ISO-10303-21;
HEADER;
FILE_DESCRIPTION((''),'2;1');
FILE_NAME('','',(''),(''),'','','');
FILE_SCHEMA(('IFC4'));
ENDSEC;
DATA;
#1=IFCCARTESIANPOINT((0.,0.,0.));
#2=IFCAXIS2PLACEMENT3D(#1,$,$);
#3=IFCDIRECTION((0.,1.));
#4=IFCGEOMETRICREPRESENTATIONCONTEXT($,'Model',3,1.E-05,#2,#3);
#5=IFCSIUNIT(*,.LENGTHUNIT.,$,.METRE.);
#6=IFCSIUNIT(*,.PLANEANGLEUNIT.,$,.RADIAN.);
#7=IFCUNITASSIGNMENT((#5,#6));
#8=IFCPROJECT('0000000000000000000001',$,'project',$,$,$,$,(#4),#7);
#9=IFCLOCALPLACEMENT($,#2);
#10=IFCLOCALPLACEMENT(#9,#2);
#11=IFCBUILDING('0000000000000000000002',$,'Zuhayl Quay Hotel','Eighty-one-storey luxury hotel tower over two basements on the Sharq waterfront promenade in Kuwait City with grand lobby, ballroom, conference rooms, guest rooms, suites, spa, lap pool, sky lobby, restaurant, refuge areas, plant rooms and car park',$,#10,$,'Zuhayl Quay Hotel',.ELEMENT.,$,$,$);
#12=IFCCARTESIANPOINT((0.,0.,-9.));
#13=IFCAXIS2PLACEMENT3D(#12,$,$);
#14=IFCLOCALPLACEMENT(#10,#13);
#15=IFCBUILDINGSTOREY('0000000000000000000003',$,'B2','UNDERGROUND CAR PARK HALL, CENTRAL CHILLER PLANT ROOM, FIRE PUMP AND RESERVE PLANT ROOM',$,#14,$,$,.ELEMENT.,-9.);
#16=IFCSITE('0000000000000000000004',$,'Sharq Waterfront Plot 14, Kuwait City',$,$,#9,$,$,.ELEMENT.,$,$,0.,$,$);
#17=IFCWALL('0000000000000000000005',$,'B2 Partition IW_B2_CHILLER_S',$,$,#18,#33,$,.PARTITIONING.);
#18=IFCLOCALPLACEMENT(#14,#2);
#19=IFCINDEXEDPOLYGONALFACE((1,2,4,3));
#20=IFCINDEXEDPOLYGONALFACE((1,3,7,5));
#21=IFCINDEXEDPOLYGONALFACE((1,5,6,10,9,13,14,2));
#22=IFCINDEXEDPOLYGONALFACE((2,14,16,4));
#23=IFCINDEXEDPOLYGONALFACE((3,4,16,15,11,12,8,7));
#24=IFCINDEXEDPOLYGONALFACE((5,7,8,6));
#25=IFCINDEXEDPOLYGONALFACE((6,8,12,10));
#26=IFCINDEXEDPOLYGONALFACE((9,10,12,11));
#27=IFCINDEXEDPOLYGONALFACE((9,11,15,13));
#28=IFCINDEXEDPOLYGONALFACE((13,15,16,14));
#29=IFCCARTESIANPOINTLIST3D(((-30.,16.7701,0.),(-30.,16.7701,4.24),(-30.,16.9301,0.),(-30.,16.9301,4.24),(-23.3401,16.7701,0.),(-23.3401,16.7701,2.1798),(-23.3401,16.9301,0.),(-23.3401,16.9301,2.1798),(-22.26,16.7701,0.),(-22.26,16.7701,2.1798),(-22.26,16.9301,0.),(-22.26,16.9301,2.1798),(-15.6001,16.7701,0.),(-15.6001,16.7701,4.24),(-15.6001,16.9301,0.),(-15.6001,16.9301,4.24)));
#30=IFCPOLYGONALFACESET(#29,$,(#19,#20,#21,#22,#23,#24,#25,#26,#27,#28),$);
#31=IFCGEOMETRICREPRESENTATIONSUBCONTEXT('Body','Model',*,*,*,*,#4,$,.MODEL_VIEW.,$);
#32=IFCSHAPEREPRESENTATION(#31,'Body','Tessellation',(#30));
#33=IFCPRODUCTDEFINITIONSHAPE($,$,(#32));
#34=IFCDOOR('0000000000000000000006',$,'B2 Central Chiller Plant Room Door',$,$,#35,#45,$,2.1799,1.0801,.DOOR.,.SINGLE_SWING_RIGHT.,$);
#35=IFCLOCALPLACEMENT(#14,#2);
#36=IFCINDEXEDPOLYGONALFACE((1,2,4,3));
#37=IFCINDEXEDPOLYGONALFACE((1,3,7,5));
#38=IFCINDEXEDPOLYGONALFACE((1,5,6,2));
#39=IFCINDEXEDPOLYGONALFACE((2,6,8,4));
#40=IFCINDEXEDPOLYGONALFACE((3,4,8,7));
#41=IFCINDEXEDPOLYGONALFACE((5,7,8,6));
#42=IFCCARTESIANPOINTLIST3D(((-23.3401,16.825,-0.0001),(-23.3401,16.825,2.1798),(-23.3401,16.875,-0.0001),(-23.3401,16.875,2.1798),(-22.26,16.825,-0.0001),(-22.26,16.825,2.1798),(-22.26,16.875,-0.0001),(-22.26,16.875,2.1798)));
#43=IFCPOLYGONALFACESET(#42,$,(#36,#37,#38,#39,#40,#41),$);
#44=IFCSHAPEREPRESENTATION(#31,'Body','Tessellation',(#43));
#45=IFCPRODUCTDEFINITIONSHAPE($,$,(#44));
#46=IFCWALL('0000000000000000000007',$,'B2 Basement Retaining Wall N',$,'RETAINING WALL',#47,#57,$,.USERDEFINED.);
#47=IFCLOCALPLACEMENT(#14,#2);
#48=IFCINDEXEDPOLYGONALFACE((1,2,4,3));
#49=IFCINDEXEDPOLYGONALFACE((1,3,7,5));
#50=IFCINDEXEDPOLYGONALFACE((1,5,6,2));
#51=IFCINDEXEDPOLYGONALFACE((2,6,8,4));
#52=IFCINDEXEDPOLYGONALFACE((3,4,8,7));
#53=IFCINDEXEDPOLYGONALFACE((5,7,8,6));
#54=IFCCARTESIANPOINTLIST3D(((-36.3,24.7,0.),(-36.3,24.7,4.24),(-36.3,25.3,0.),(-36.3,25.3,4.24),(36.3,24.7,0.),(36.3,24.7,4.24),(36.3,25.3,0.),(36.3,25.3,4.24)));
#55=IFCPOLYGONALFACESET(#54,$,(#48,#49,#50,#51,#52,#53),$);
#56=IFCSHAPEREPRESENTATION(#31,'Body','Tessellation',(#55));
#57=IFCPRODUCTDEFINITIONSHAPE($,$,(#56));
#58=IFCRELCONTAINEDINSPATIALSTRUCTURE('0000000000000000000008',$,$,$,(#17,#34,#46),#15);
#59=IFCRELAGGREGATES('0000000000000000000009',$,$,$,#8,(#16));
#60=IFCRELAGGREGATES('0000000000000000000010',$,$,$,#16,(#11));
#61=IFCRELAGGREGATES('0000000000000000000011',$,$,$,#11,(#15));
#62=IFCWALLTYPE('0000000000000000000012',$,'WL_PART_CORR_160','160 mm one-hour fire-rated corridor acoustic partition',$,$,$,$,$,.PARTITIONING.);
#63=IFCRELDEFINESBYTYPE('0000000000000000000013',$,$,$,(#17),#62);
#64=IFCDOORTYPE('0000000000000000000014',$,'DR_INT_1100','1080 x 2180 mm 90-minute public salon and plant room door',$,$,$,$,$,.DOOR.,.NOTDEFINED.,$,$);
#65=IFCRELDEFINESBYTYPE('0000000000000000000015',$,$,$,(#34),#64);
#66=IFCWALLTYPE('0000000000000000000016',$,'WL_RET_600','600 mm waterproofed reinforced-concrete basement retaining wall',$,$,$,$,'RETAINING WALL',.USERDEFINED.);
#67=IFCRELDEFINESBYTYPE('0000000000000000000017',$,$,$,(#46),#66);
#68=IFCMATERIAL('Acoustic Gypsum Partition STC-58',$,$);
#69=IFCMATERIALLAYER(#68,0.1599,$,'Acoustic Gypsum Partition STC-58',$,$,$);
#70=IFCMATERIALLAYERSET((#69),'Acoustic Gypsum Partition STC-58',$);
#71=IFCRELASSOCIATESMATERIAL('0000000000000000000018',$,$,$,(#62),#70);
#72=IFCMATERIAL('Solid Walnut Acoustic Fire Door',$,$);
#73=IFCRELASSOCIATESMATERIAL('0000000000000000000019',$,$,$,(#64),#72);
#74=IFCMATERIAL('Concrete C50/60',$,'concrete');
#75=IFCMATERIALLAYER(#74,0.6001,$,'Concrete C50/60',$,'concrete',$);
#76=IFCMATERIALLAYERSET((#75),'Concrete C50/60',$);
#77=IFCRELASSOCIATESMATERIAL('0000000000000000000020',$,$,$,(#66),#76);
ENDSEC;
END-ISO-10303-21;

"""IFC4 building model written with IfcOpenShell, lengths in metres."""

from ifc_helpers import new_model, si_unit, direction, frame, frame_2d, origin, place, context, subcontext, project, spatial, rectangle, extrude, material, layer, layer_set, type_object, element, fill, save


model = new_model("IFC4")

# Units and contexts
model_context = context("Model", 3, precision=1e-05, world=origin(), true_north=direction((0.0, 1.0)))
body_context = subcontext(model_context, "Body", "Model", "MODEL_VIEW")
ifc_project = project(units=[si_unit("LENGTHUNIT", "METRE"), si_unit("PLANEANGLEUNIT", "RADIAN")], contexts=[model_context])

# Site, building, storey
site_placement = place(None, origin())
site = spatial("IfcSite", under=ifc_project, at=site_placement, Name="Sharq Waterfront Plot 14, Kuwait City", CompositionType="ELEMENT", RefElevation=0.0)
building_placement = place(site_placement, origin())
building = spatial("IfcBuilding", under=site, at=building_placement, Name="Zuhayl Quay Hotel", Description="Eighty-one-storey luxury hotel tower over two basements on the Sharq waterfront promenade in Kuwait City with grand lobby, ballroom, conference rooms, guest rooms, suites, spa, lap pool, sky lobby, restaurant, refuge areas, plant rooms and car park", LongName="Zuhayl Quay Hotel", CompositionType="ELEMENT")
storey_placement = place(building_placement, frame((0.0, 0.0, -9.0)))
storey = spatial("IfcBuildingStorey", under=building, at=storey_placement, Name="B2", Description="UNDERGROUND CAR PARK HALL, CENTRAL CHILLER PLANT ROOM, FIRE PUMP AND RESERVE PLANT ROOM", CompositionType="ELEMENT", Elevation=-9.0)

# Shared definitions
ifc_material_1 = material(Name="Concrete C50/60", Category="concrete")

# Shared definitions
ifc_material_2 = material(Name="Acoustic Gypsum Partition STC-58")

# Wall, opening, door
ifc_layer_1 = layer(ifc_material_2, 0.1599, Name="Acoustic Gypsum Partition STC-58")
ifc_layer_set_1 = layer_set([ifc_layer_1], Name="Acoustic Gypsum Partition STC-58")
wall_type_1 = type_object("IfcWallType", Name="WL_PART_CORR_160", Description="160 mm one-hour fire-rated corridor acoustic partition", PredefinedType="PARTITIONING", material=ifc_layer_set_1)
wall_1_placement = place(storey_placement, frame((-30.0, 16.8501, 0.0), z_axis=(0.0, 0.0, 1.0), x_axis=(1.0, 0.0, 0.0)))
wall_1 = element("IfcWall", 1, at=wall_1_placement, inside=storey, type_object=wall_type_1, Name="B2 Partition IW_B2_CHILLER_S", PredefinedType="PARTITIONING", context=body_context, shape_type="SweptSolid", body=[
    extrude(rectangle(XDim=14.3999, YDim=0.1599, at=frame_2d((7.2, 0.0))), origin(), (0.0, 0.0, 1.0), 4.24),
])
opening_placement = place(wall_1_placement, frame((6.6599, 0.0, 0.0)))
opening = element("IfcOpeningElement", 2, at=opening_placement, cuts=wall_1, PredefinedType="OPENING", context=body_context, shape_type="SweptSolid", body=[
    extrude(rectangle(XDim=1.0801, YDim=2.1799, at=frame_2d((0.54, 1.0898))), frame((0.0, 0.0898, 0.0), z_axis=(0.0, -1.0, 0.0), x_axis=(1.0, 0.0, 0.0)), (0.0, 0.0, 1.0), 0.1799),
])
ifc_material_3 = material(Name="Solid Walnut Acoustic Fire Door")
door_type = type_object("IfcDoorType", Name="DR_INT_1100", Description="1080 x 2180 mm 90-minute public salon and plant room door", OperationType="NOTDEFINED", PredefinedType="DOOR", material=ifc_material_3)
door_placement = place(opening_placement, origin())
door = element("IfcDoor", 3, at=door_placement, inside=storey, type_object=door_type, Name="B2 Central Chiller Plant Room Door", OperationType="SINGLE_SWING_RIGHT", OverallHeight=2.1799, OverallWidth=1.0801, PredefinedType="DOOR", context=body_context, shape_type="SweptSolid", body=[
    extrude(rectangle(XDim=1.0801, YDim=2.1799, at=frame_2d((0.54, 1.0898))), frame((0.0, 0.0249, 0.0), z_axis=(0.0, -1.0, 0.0), x_axis=(1.0, 0.0, 0.0)), (0.0, 0.0, 1.0), 0.05),
])
fill(opening, door)

# Wall
ifc_layer_2 = layer(ifc_material_1, 0.6001, Name="Concrete C50/60", Category="concrete")
ifc_layer_set_2 = layer_set([ifc_layer_2], Name="Concrete C50/60")
wall_type_2 = type_object("IfcWallType", Name="WL_RET_600", Description="600 mm waterproofed reinforced-concrete basement retaining wall", ElementType="RETAINING WALL", PredefinedType="USERDEFINED", material=ifc_layer_set_2)
wall_2_placement = place(storey_placement, frame((-36.3, 25.0, 0.0), z_axis=(0.0, 0.0, 1.0), x_axis=(1.0, 0.0, 0.0)))
element("IfcWall", 4, at=wall_2_placement, inside=storey, type_object=wall_type_2, Name="B2 Basement Retaining Wall N", ObjectType="RETAINING WALL", PredefinedType="USERDEFINED", context=body_context, shape_type="SweptSolid", body=[
    extrude(rectangle(XDim=72.6001, YDim=0.6001, at=frame_2d((36.3, 0.0))), origin(), (0.0, 0.0, 1.0), 4.24),
])

save(model, "model.ifc")
